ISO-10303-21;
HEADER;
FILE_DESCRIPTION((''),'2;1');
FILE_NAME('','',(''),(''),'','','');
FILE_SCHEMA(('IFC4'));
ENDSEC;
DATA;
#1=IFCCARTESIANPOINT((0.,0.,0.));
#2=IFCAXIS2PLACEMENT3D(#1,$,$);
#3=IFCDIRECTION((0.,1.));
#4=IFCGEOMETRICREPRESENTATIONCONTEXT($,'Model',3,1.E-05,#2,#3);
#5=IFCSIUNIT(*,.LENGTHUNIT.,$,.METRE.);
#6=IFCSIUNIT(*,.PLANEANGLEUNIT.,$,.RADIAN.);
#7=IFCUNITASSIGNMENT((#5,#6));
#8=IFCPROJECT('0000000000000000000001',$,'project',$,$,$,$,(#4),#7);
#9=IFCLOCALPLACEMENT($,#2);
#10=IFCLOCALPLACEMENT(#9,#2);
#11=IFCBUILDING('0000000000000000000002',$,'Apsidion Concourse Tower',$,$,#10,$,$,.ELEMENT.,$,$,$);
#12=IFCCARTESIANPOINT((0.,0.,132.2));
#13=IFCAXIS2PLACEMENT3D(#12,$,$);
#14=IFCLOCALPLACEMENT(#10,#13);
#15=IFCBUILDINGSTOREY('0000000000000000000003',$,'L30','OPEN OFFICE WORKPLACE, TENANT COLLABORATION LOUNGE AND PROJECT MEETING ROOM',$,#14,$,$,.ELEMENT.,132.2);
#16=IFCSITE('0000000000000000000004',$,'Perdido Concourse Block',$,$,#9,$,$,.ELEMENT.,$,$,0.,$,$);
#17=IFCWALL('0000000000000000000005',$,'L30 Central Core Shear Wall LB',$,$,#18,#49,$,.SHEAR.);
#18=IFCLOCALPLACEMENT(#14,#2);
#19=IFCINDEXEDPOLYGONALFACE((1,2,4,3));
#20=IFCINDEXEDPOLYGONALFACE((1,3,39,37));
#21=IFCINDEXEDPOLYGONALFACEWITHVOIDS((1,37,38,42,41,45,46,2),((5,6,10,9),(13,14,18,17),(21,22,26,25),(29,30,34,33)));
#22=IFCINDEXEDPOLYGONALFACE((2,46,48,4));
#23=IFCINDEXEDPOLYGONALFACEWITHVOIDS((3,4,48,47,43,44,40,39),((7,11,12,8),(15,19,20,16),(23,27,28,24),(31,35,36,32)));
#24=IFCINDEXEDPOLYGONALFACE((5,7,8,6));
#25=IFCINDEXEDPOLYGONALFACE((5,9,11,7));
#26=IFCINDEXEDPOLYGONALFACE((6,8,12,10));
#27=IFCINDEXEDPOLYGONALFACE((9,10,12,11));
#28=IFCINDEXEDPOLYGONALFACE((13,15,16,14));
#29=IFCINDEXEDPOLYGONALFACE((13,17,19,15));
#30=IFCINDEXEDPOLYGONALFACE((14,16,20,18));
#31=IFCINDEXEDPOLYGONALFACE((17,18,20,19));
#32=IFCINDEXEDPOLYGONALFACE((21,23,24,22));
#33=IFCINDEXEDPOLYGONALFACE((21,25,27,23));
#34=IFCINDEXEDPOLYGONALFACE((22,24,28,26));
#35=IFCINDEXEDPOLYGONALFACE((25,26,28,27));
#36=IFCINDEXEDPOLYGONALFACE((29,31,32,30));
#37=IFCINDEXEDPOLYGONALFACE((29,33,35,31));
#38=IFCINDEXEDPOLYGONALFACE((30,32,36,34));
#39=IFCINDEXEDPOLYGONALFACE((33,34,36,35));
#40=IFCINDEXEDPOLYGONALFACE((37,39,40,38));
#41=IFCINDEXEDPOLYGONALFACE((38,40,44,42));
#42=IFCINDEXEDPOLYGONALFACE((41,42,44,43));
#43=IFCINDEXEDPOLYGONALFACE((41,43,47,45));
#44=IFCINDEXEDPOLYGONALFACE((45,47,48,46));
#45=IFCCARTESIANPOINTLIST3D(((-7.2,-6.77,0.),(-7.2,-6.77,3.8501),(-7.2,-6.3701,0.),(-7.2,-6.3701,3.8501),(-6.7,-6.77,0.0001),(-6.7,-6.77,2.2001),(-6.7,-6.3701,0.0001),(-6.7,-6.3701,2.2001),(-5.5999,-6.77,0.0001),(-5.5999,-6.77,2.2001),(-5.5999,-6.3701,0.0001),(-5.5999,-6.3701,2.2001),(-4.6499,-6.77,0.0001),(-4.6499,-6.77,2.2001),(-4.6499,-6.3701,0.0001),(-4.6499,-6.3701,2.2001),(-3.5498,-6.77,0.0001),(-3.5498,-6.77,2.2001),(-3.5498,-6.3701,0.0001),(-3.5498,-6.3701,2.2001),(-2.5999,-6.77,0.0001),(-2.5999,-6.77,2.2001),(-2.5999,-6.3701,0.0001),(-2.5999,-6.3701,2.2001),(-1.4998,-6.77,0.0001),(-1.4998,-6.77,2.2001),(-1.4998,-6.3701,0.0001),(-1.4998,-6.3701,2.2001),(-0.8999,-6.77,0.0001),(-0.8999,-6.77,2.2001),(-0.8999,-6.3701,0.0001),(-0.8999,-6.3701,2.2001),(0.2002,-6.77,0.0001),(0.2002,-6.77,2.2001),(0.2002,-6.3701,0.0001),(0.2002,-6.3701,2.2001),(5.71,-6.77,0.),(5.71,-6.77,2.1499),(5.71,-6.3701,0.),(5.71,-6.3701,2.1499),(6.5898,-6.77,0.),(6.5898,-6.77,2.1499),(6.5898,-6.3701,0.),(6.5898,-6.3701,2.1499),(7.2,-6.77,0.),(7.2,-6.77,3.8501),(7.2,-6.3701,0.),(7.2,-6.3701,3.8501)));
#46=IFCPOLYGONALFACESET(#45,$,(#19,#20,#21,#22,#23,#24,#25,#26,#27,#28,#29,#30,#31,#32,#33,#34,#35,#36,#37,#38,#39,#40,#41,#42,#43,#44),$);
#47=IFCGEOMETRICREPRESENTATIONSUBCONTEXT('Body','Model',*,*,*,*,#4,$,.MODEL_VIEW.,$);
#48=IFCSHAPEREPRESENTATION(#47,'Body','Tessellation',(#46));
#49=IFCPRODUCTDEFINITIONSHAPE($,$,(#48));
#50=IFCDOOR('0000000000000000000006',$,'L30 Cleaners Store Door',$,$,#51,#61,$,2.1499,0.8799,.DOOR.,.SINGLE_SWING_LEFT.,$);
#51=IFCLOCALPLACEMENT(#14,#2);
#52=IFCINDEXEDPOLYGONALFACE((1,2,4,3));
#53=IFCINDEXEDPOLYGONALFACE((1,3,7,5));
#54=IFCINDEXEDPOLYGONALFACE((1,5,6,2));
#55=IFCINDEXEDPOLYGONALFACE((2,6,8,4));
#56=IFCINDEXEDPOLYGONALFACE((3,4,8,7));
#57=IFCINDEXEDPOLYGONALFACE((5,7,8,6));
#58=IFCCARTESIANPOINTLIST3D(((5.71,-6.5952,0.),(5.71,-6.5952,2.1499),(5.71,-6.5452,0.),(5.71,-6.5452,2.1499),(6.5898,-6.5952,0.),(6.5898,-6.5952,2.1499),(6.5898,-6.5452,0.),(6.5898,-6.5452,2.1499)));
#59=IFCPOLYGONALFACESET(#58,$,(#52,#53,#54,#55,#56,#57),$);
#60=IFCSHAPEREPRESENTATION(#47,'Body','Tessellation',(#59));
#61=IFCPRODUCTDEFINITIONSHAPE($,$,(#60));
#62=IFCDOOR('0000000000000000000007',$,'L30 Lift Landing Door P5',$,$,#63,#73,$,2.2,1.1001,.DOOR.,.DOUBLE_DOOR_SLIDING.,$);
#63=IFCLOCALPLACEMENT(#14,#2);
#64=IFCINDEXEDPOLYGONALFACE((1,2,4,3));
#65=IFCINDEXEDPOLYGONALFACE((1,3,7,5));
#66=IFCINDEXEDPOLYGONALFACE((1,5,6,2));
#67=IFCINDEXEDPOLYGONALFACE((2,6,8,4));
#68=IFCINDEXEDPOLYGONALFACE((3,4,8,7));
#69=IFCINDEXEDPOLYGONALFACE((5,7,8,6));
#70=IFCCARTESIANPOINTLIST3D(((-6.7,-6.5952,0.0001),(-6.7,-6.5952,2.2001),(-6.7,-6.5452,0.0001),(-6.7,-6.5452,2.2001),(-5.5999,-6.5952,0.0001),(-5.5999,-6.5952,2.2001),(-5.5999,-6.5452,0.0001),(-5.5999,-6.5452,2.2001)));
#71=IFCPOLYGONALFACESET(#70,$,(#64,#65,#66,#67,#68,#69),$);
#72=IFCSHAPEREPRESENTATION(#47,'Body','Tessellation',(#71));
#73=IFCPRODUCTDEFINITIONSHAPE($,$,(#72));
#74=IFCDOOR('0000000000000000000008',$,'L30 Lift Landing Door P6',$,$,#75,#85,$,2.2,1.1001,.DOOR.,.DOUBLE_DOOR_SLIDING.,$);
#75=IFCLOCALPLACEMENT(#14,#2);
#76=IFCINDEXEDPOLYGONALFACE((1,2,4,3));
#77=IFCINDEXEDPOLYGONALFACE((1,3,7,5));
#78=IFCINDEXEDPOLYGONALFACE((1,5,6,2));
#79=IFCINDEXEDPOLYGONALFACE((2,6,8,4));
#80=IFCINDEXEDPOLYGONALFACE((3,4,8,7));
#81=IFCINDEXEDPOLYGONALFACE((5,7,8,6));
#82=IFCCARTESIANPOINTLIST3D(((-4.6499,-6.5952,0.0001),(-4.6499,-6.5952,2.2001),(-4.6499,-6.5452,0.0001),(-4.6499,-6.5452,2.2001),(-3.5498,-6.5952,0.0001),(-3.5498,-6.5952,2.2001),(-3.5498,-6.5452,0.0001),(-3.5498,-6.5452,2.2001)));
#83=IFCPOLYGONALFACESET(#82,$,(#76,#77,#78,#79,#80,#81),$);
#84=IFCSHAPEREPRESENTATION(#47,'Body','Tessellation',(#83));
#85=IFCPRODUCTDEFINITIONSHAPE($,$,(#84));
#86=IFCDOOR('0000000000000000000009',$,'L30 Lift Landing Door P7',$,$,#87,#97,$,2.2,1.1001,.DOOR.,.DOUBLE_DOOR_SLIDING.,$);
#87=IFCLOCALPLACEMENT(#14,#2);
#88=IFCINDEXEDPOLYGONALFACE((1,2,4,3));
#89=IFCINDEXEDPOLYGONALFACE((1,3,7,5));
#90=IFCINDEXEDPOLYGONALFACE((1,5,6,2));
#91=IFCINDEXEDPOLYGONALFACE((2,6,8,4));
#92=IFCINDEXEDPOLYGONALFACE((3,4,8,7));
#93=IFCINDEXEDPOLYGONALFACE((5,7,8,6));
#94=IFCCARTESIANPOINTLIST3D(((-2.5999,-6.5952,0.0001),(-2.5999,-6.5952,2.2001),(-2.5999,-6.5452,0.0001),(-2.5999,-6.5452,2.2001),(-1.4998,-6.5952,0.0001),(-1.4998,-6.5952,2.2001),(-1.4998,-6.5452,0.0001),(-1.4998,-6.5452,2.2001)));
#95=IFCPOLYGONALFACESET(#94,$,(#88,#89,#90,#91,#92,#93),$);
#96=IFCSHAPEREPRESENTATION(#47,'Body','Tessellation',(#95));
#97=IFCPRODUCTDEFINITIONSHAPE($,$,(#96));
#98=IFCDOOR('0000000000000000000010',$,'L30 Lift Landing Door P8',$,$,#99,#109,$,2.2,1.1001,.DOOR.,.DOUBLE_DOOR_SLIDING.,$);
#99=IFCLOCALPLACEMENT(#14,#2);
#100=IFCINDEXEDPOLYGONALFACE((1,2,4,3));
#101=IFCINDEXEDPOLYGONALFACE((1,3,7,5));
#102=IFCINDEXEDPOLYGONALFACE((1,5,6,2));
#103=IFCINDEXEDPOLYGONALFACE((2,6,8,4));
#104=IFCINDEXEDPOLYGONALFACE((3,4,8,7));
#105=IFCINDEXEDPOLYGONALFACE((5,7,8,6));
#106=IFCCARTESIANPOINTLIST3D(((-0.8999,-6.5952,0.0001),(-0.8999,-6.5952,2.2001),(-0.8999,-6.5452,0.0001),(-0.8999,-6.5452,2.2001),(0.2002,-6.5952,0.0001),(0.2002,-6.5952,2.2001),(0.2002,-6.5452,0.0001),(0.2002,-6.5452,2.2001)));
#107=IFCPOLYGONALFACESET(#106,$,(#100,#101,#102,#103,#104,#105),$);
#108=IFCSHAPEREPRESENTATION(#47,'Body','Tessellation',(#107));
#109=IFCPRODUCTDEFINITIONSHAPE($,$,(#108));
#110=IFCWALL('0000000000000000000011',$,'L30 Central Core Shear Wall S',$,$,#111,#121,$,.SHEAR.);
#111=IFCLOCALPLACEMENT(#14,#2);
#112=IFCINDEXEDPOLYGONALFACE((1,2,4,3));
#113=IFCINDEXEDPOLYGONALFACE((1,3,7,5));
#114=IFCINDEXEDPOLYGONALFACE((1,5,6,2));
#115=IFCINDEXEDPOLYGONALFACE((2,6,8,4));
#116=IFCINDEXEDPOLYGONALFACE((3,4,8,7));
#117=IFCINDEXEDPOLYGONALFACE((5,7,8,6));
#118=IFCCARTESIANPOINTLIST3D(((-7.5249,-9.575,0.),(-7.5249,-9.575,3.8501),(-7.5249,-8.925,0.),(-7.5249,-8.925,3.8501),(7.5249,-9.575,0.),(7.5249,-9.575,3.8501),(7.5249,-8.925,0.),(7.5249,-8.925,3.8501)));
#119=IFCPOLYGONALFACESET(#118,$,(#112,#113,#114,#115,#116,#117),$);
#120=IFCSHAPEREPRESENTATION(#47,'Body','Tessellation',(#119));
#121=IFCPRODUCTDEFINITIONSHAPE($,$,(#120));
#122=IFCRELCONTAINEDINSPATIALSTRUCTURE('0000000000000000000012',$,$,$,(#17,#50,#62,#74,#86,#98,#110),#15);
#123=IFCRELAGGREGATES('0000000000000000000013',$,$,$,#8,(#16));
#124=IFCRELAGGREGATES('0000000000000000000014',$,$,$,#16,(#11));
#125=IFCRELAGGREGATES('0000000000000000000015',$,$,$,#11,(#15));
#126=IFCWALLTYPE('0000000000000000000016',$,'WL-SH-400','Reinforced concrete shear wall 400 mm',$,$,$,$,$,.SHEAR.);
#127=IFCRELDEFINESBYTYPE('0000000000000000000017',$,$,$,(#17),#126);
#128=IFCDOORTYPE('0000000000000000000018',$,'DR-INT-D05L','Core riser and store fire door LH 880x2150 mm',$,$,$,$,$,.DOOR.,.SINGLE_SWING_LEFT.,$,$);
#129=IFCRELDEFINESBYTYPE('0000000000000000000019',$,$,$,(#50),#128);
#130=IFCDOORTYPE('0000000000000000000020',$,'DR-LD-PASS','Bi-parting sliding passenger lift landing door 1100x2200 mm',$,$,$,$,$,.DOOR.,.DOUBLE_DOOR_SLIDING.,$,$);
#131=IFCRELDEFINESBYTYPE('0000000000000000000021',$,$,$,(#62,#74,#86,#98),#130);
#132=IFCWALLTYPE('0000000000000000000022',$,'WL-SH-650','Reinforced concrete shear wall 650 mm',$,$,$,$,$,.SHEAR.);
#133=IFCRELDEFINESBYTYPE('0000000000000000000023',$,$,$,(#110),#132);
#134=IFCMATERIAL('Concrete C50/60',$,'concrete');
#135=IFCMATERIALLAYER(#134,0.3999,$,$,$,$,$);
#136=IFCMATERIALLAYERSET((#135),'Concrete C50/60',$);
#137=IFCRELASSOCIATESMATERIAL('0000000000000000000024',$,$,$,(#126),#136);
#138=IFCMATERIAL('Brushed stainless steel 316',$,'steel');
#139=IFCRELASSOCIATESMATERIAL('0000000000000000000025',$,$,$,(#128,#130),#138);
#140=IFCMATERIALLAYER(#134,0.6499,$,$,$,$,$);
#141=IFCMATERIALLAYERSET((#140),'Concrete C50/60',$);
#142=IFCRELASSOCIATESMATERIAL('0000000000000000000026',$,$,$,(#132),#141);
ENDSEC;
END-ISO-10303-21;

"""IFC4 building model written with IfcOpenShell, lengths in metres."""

from ifc_helpers import new_model, si_unit, direction, frame, frame_2d, origin, place, context, subcontext, project, spatial, rectangle, extrude, material, layer, layer_set, type_object, element, fill, save


model = new_model("IFC4")

# Units and contexts
model_context = context("Model", 3, precision=1e-05, world=origin(), true_north=direction((0.0, 1.0)))
body_context = subcontext(model_context, "Body", "Model", "MODEL_VIEW")
ifc_project = project(units=[si_unit("LENGTHUNIT", "METRE"), si_unit("PLANEANGLEUNIT", "RADIAN")], contexts=[model_context])

# Site, building, storey
site_placement = place(None, origin())
site = spatial("IfcSite", under=ifc_project, at=site_placement, Name="Perdido Concourse Block", CompositionType="ELEMENT", RefElevation=0.0)
building_placement = place(site_placement, origin())
building = spatial("IfcBuilding", under=site, at=building_placement, Name="Apsidion Concourse Tower", CompositionType="ELEMENT")
storey_placement = place(building_placement, frame((0.0, 0.0, 132.2)))
storey = spatial("IfcBuildingStorey", under=building, at=storey_placement, Name="L30", Description="OPEN OFFICE WORKPLACE, TENANT COLLABORATION LOUNGE AND PROJECT MEETING ROOM", CompositionType="ELEMENT", Elevation=132.2)

# Shared definitions
ifc_material_1 = material(Name="Concrete C50/60", Category="concrete")

# Shared definitions
ifc_material_2 = material(Name="Brushed stainless steel 316", Category="steel")

# Shared definitions
ifc_layer_1 = layer(ifc_material_1, 0.3999)
ifc_layer_set_1 = layer_set([ifc_layer_1], Name="Concrete C50/60")
wall_type_1 = type_object("IfcWallType", Name="WL-SH-400", Description="Reinforced concrete shear wall 400 mm", PredefinedType="SHEAR", material=ifc_layer_set_1)

# Wall, openings, doors
wall_1_placement = place(storey_placement, frame((-7.2, -6.5701, 0.0), z_axis=(0.0, 0.0, 1.0), x_axis=(1.0, 0.0, 0.0)))
wall_1 = element("IfcWall", 1, at=wall_1_placement, inside=storey, type_object=wall_type_1, Name="L30 Central Core Shear Wall LB", PredefinedType="SHEAR", context=body_context, shape_type="SweptSolid", body=[
    extrude(rectangle(XDim=14.3999, YDim=0.3999, at=frame_2d((7.2, 0.0))), origin(), (0.0, 0.0, 1.0), 3.8501),
])
opening_1_placement = place(wall_1_placement, frame((0.5, 0.0, 0.0)))
opening_1 = element("IfcOpeningElement", 2, at=opening_1_placement, cuts=wall_1, PredefinedType="OPENING", context=body_context, shape_type="SweptSolid", body=[
    extrude(rectangle(XDim=1.1001, YDim=2.2, at=frame_2d((0.55, 1.1001))), frame((0.0, 0.21, 0.0), z_axis=(0.0, -1.0, 0.0), x_axis=(1.0, 0.0, 0.0)), (0.0, 0.0, 1.0), 0.4199),
])
opening_2_placement = place(wall_1_placement, frame((2.55, 0.0, 0.0)))
opening_2 = element("IfcOpeningElement", 3, at=opening_2_placement, cuts=wall_1, PredefinedType="OPENING", context=body_context, shape_type="SweptSolid", body=[
    extrude(rectangle(XDim=1.1001, YDim=2.2, at=frame_2d((0.55, 1.1001))), frame((0.0, 0.21, 0.0), z_axis=(0.0, -1.0, 0.0), x_axis=(1.0, 0.0, 0.0)), (0.0, 0.0, 1.0), 0.4199),
])
opening_3_placement = place(wall_1_placement, frame((4.6001, 0.0, 0.0)))
opening_3 = element("IfcOpeningElement", 4, at=opening_3_placement, cuts=wall_1, PredefinedType="OPENING", context=body_context, shape_type="SweptSolid", body=[
    extrude(rectangle(XDim=1.1001, YDim=2.2, at=frame_2d((0.55, 1.1001))), frame((0.0, 0.21, 0.0), z_axis=(0.0, -1.0, 0.0), x_axis=(1.0, 0.0, 0.0)), (0.0, 0.0, 1.0), 0.4199),
])
opening_4_placement = place(wall_1_placement, frame((6.3, 0.0, 0.0)))
opening_4 = element("IfcOpeningElement", 5, at=opening_4_placement, cuts=wall_1, PredefinedType="OPENING", context=body_context, shape_type="SweptSolid", body=[
    extrude(rectangle(XDim=1.1001, YDim=2.2, at=frame_2d((0.55, 1.1001))), frame((0.0, 0.21, 0.0), z_axis=(0.0, -1.0, 0.0), x_axis=(1.0, 0.0, 0.0)), (0.0, 0.0, 1.0), 0.4199),
])
opening_5_placement = place(wall_1_placement, frame((12.9099, 0.0, 0.0)))
opening_5 = element("IfcOpeningElement", 6, at=opening_5_placement, cuts=wall_1, PredefinedType="OPENING", context=body_context, shape_type="SweptSolid", body=[
    extrude(rectangle(XDim=0.8799, YDim=2.1499, at=frame_2d((0.4399, 1.075))), frame((0.0, 0.21, 0.0), z_axis=(0.0, -1.0, 0.0), x_axis=(1.0, 0.0, 0.0)), (0.0, 0.0, 1.0), 0.4199),
])
door_type_1 = type_object("IfcDoorType", Name="DR-INT-D05L", Description="Core riser and store fire door LH 880x2150 mm", OperationType="SINGLE_SWING_LEFT", PredefinedType="DOOR", material=ifc_material_2)
door_1_placement = place(opening_5_placement, origin())
door_1 = element("IfcDoor", 7, at=door_1_placement, inside=storey, type_object=door_type_1, Name="L30 Cleaners Store Door", OperationType="SINGLE_SWING_LEFT", OverallHeight=2.1499, OverallWidth=0.8799, PredefinedType="DOOR", context=body_context, shape_type="SweptSolid", body=[
    extrude(rectangle(XDim=0.8799, YDim=2.1499, at=frame_2d((0.4399, 1.075))), frame((0.0, 0.0249, 0.0), z_axis=(0.0, -1.0, 0.0), x_axis=(1.0, 0.0, 0.0)), (0.0, 0.0, 1.0), 0.05),
])
fill(opening_5, door_1)
door_type_2 = type_object("IfcDoorType", Name="DR-LD-PASS", Description="Bi-parting sliding passenger lift landing door 1100x2200 mm", OperationType="DOUBLE_DOOR_SLIDING", PredefinedType="DOOR", material=ifc_material_2)
door_2_placement = place(opening_1_placement, origin())
door_2 = element("IfcDoor", 8, at=door_2_placement, inside=storey, type_object=door_type_2, Name="L30 Lift Landing Door P5", OperationType="DOUBLE_DOOR_SLIDING", OverallHeight=2.2, OverallWidth=1.1001, PredefinedType="DOOR", context=body_context, shape_type="SweptSolid", body=[
    extrude(rectangle(XDim=1.1001, YDim=2.2, at=frame_2d((0.55, 1.1001))), frame((0.0, 0.0249, 0.0), z_axis=(0.0, -1.0, 0.0), x_axis=(1.0, 0.0, 0.0)), (0.0, 0.0, 1.0), 0.05),
])
fill(opening_1, door_2)
door_3_placement = place(opening_2_placement, origin())
door_3 = element("IfcDoor", 9, at=door_3_placement, inside=storey, type_object=door_type_2, Name="L30 Lift Landing Door P6", OperationType="DOUBLE_DOOR_SLIDING", OverallHeight=2.2, OverallWidth=1.1001, PredefinedType="DOOR", context=body_context, shape_type="SweptSolid", body=[
    extrude(rectangle(XDim=1.1001, YDim=2.2, at=frame_2d((0.55, 1.1001))), frame((0.0, 0.0249, 0.0), z_axis=(0.0, -1.0, 0.0), x_axis=(1.0, 0.0, 0.0)), (0.0, 0.0, 1.0), 0.05),
])
fill(opening_2, door_3)
door_4_placement = place(opening_3_placement, origin())
door_4 = element("IfcDoor", 10, at=door_4_placement, inside=storey, type_object=door_type_2, Name="L30 Lift Landing Door P7", OperationType="DOUBLE_DOOR_SLIDING", OverallHeight=2.2, OverallWidth=1.1001, PredefinedType="DOOR", context=body_context, shape_type="SweptSolid", body=[
    extrude(rectangle(XDim=1.1001, YDim=2.2, at=frame_2d((0.55, 1.1001))), frame((0.0, 0.0249, 0.0), z_axis=(0.0, -1.0, 0.0), x_axis=(1.0, 0.0, 0.0)), (0.0, 0.0, 1.0), 0.05),
])
fill(opening_3, door_4)
door_5_placement = place(opening_4_placement, origin())
door_5 = element("IfcDoor", 11, at=door_5_placement, inside=storey, type_object=door_type_2, Name="L30 Lift Landing Door P8", OperationType="DOUBLE_DOOR_SLIDING", OverallHeight=2.2, OverallWidth=1.1001, PredefinedType="DOOR", context=body_context, shape_type="SweptSolid", body=[
    extrude(rectangle(XDim=1.1001, YDim=2.2, at=frame_2d((0.55, 1.1001))), frame((0.0, 0.0249, 0.0), z_axis=(0.0, -1.0, 0.0), x_axis=(1.0, 0.0, 0.0)), (0.0, 0.0, 1.0), 0.05),
])
fill(opening_4, door_5)
ifc_layer_2 = layer(ifc_material_1, 0.6499)
ifc_layer_set_2 = layer_set([ifc_layer_2], Name="Concrete C50/60")
wall_type_2 = type_object("IfcWallType", Name="WL-SH-650", Description="Reinforced concrete shear wall 650 mm", PredefinedType="SHEAR", material=ifc_layer_set_2)

# Wall
wall_2_placement = place(storey_placement, frame((-7.5249, -9.25, 0.0), z_axis=(0.0, 0.0, 1.0), x_axis=(1.0, 0.0, 0.0)))
element("IfcWall", 12, at=wall_2_placement, inside=storey, type_object=wall_type_2, Name="L30 Central Core Shear Wall S", PredefinedType="SHEAR", context=body_context, shape_type="SweptSolid", body=[
    extrude(rectangle(XDim=15.0498, YDim=0.6499, at=frame_2d((7.5249, 0.0))), origin(), (0.0, 0.0, 1.0), 3.8501),
])

save(model, "model.ifc")
